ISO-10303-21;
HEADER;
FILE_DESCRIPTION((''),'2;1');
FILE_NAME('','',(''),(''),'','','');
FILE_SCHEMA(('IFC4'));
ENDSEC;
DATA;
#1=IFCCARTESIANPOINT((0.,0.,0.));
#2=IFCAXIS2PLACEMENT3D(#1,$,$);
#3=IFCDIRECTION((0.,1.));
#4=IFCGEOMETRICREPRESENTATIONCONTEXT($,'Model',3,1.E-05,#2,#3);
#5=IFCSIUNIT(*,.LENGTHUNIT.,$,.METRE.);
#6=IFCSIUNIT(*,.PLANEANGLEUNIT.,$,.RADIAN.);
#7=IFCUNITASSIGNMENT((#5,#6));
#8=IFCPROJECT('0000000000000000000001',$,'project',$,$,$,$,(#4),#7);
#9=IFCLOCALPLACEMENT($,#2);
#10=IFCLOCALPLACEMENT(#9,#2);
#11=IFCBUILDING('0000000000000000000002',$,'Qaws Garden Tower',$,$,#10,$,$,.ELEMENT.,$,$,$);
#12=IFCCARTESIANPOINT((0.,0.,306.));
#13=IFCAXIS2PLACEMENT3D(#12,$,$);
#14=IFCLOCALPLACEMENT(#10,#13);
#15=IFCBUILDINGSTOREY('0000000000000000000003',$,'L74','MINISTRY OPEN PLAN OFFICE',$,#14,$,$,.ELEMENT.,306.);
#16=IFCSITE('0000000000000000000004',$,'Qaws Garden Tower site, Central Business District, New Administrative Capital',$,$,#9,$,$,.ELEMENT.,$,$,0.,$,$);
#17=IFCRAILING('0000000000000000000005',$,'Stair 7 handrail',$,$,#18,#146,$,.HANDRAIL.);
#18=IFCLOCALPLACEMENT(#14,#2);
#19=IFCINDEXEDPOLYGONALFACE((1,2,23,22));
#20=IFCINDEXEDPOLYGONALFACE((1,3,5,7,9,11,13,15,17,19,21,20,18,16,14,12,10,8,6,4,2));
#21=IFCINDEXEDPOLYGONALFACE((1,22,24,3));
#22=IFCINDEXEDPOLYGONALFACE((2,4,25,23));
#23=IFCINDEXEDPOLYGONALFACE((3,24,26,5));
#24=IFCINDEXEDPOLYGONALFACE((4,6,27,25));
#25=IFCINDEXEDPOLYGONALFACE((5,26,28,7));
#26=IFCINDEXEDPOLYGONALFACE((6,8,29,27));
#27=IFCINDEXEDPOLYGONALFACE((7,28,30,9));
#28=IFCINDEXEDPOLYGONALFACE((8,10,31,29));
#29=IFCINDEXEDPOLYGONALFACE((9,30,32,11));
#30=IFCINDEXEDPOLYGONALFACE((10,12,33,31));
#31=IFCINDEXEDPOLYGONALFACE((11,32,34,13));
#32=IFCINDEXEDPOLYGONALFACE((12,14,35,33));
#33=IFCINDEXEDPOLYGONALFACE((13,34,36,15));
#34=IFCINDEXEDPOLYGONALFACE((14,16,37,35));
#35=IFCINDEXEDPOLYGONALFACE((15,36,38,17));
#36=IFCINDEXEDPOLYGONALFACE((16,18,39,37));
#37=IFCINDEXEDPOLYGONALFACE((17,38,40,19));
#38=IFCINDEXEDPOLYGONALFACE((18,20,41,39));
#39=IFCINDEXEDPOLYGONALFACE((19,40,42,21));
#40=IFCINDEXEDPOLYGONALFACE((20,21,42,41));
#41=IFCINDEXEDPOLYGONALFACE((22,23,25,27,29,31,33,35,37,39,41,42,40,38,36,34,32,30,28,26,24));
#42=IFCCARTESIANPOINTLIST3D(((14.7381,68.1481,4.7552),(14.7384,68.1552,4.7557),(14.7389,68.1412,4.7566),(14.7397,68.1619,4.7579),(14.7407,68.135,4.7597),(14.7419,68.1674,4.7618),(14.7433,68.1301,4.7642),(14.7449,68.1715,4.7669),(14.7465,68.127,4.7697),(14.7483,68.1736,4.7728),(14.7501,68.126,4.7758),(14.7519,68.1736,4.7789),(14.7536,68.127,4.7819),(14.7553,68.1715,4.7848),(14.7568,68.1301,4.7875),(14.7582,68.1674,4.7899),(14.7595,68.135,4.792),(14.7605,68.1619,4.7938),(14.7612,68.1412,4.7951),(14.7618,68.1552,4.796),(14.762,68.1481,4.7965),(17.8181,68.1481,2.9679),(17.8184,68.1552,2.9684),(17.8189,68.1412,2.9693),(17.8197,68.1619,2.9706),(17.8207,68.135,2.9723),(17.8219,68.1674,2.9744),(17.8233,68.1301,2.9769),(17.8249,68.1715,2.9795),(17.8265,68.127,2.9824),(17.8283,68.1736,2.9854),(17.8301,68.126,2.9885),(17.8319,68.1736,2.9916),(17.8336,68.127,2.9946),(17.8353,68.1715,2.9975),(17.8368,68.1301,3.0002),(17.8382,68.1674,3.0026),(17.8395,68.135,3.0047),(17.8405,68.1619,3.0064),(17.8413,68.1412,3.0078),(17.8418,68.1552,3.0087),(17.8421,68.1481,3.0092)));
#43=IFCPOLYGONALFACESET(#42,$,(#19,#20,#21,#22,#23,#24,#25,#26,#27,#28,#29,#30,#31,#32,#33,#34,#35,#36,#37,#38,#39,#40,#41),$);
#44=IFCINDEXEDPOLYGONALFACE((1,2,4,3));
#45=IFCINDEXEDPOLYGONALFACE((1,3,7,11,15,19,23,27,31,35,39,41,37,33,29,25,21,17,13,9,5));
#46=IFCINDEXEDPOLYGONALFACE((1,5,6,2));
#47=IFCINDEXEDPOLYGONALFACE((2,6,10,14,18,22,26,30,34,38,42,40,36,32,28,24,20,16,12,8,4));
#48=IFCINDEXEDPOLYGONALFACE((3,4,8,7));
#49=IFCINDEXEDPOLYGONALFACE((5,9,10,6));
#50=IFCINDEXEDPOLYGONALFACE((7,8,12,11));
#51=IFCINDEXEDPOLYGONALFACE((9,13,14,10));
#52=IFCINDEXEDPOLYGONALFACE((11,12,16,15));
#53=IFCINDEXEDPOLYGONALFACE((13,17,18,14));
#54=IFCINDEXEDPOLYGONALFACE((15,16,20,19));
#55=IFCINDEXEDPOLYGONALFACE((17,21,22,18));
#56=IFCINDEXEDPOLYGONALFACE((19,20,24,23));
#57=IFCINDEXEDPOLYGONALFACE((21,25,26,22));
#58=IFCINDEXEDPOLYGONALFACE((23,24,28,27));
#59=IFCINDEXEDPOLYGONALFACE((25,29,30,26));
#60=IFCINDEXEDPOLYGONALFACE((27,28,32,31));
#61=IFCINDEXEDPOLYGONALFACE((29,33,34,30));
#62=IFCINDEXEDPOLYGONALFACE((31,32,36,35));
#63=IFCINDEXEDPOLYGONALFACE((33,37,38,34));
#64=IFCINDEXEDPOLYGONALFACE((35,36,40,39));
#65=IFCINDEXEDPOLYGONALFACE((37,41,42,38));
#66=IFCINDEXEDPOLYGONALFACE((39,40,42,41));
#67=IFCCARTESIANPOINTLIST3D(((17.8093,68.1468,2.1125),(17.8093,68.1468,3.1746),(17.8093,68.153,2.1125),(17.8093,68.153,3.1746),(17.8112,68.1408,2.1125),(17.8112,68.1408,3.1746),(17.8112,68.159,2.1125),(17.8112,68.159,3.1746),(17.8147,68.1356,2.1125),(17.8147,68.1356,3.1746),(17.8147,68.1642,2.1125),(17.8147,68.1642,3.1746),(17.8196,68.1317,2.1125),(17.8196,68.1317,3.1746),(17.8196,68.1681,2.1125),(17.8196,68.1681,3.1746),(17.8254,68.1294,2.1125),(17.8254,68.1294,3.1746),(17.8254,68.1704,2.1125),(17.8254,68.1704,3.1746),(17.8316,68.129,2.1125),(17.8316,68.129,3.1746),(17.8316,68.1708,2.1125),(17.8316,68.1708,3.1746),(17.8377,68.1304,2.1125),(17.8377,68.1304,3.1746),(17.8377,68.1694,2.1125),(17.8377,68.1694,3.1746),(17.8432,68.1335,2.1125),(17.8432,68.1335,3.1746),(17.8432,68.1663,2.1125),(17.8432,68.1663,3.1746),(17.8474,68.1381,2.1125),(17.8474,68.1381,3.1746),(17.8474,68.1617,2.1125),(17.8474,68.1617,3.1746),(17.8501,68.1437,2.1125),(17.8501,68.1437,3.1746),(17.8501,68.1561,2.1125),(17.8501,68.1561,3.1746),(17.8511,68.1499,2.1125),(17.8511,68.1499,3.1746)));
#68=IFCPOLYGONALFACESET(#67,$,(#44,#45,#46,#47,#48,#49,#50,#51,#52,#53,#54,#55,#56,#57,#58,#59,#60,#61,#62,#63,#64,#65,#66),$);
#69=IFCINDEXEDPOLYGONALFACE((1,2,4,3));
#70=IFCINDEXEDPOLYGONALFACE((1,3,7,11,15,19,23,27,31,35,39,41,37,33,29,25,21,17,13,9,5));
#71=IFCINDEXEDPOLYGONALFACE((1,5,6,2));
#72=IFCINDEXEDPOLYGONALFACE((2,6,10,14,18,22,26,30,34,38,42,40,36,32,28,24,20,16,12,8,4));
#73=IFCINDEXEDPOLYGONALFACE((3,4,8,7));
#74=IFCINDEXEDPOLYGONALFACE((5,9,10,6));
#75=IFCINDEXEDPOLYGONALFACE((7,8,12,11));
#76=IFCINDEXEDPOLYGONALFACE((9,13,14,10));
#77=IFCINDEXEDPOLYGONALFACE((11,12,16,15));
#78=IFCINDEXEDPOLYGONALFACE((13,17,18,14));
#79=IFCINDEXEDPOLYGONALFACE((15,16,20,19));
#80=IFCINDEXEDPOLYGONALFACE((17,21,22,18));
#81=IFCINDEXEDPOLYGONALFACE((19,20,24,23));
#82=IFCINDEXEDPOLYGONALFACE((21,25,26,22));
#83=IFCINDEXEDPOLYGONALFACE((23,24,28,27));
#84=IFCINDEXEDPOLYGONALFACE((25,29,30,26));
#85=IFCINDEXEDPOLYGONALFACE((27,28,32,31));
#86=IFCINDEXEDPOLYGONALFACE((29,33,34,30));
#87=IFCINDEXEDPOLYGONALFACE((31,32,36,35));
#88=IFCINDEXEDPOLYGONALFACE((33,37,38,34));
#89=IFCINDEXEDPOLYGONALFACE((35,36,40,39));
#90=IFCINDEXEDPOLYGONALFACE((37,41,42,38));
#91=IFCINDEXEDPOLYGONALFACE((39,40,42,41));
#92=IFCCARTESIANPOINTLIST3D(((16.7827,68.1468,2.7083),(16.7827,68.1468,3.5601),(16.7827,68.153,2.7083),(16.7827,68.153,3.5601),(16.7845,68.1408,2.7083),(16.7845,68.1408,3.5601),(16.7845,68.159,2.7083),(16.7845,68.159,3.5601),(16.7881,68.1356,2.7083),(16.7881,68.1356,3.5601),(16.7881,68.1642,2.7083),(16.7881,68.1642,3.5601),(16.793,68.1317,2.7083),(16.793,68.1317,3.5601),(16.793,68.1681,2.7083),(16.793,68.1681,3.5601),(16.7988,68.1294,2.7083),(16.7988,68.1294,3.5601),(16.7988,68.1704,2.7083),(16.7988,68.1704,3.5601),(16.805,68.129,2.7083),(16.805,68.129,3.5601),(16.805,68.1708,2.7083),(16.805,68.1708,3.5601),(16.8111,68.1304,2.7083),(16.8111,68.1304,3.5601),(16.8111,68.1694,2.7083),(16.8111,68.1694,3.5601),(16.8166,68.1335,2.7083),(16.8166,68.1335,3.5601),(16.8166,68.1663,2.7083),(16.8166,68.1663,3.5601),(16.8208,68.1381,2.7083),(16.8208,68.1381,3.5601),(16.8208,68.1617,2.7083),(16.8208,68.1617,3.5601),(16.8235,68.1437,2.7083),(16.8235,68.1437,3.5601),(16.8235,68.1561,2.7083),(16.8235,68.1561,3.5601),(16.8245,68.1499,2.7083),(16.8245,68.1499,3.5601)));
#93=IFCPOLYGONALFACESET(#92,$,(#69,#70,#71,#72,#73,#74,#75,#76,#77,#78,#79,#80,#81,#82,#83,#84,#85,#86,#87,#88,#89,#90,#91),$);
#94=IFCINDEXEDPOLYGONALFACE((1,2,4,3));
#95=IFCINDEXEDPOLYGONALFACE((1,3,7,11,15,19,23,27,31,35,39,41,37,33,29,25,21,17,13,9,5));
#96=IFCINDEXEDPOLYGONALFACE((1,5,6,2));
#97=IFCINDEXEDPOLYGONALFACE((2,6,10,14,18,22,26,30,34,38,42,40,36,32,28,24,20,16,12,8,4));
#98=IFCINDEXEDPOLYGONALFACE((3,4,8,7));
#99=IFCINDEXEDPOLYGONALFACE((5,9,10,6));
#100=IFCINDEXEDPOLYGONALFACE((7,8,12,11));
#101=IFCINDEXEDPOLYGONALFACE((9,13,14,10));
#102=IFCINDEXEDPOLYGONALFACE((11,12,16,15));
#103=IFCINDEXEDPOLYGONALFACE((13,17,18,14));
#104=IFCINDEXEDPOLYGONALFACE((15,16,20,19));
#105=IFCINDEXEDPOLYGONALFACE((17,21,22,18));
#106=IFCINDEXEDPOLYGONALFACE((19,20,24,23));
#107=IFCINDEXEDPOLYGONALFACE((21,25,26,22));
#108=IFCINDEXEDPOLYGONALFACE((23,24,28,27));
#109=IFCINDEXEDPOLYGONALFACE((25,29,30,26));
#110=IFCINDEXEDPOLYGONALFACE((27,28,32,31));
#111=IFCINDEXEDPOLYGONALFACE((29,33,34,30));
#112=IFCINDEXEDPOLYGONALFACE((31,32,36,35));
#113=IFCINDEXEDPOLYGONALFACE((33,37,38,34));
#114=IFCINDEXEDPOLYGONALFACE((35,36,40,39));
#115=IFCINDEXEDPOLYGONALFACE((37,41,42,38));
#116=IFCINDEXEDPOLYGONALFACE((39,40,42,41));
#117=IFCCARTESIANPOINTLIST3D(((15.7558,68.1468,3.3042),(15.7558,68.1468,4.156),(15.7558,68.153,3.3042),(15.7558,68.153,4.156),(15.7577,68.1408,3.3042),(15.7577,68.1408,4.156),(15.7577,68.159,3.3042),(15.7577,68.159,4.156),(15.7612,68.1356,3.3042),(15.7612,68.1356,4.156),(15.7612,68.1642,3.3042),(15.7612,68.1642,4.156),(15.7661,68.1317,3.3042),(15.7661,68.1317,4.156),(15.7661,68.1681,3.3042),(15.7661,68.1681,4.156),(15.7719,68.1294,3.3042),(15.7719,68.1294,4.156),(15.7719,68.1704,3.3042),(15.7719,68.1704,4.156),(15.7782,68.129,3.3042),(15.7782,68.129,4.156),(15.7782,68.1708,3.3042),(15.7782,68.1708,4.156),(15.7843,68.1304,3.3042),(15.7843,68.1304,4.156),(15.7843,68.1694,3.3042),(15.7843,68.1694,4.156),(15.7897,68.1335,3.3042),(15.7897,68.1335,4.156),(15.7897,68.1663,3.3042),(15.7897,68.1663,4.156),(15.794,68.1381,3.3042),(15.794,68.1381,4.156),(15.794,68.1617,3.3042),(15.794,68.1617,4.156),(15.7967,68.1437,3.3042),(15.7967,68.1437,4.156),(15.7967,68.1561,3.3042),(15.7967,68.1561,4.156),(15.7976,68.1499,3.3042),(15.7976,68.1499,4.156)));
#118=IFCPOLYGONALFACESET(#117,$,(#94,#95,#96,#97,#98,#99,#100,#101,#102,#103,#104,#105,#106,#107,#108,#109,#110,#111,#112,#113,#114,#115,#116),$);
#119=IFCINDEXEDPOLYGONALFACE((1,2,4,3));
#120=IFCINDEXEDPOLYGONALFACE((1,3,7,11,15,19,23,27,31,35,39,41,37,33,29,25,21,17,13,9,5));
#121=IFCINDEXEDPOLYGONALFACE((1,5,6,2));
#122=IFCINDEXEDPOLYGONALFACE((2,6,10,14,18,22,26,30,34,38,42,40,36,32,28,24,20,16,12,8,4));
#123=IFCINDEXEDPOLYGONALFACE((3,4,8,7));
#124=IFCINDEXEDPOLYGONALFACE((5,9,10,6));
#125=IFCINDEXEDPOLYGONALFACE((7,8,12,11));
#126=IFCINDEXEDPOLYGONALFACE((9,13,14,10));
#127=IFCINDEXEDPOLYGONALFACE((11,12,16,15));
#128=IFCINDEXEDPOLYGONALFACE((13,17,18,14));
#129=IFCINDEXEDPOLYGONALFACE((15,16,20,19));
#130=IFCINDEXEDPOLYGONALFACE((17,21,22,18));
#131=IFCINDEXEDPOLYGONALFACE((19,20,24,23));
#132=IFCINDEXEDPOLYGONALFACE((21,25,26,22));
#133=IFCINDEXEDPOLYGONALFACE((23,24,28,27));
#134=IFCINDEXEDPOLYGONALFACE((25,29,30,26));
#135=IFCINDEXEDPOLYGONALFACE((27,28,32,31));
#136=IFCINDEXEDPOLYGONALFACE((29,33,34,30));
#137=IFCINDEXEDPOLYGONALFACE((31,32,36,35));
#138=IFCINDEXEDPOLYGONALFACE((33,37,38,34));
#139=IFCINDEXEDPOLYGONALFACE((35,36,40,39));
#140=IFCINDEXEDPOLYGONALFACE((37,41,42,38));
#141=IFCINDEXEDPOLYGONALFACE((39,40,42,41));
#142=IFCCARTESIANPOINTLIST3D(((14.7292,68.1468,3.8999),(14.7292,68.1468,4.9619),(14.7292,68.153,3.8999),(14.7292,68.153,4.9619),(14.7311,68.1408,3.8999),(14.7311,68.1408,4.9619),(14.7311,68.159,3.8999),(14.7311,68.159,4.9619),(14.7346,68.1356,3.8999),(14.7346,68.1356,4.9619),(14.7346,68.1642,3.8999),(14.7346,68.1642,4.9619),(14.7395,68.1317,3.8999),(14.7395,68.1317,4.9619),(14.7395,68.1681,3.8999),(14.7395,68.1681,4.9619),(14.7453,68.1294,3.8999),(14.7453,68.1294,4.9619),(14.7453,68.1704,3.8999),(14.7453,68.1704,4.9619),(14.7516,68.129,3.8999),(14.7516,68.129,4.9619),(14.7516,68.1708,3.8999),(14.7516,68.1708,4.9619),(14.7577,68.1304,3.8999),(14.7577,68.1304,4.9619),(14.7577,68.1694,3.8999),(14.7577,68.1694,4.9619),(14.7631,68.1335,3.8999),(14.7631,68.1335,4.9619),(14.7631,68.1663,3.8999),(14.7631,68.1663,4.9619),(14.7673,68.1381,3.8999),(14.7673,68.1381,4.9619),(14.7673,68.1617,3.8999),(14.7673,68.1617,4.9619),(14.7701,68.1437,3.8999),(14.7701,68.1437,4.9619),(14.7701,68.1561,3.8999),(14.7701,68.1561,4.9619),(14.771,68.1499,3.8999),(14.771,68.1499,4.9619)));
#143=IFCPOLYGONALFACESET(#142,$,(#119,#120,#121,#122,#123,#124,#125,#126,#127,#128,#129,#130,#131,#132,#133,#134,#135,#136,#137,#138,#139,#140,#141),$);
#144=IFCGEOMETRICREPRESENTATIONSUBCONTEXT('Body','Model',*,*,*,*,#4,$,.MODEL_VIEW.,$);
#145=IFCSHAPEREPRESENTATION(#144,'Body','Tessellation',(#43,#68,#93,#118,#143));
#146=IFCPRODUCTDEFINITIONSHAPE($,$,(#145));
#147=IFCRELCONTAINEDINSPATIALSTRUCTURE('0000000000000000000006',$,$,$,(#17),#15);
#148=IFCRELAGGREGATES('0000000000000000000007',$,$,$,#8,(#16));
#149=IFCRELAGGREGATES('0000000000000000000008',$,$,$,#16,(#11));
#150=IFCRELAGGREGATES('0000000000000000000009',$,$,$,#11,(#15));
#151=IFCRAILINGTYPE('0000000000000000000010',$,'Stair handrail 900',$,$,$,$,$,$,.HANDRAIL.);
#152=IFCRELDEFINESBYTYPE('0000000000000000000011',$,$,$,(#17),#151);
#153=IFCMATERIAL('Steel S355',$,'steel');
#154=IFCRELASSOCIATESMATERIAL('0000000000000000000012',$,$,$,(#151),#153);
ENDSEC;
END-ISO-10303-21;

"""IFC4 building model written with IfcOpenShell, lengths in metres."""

from ifc_helpers import new_model, si_unit, direction, frame, origin, origin_2d, place, context, subcontext, project, spatial, circle, extrude, material, type_object, element, save


model = new_model("IFC4")

# Units and contexts
model_context = context("Model", 3, precision=1e-05, world=origin(), true_north=direction((0.0, 1.0)))
body_context = subcontext(model_context, "Body", "Model", "MODEL_VIEW")
ifc_project = project(units=[si_unit("LENGTHUNIT", "METRE"), si_unit("PLANEANGLEUNIT", "RADIAN")], contexts=[model_context])

# Site, building, storey
site_placement = place(None, origin())
site = spatial("IfcSite", under=ifc_project, at=site_placement, Name="Qaws Garden Tower site, Central Business District, New Administrative Capital", CompositionType="ELEMENT", RefElevation=0.0)
building_placement = place(site_placement, origin())
building = spatial("IfcBuilding", under=site, at=building_placement, Name="Qaws Garden Tower", CompositionType="ELEMENT")
storey_placement = place(building_placement, frame((0.0, 0.0, 306.0)))
storey = spatial("IfcBuildingStorey", under=building, at=storey_placement, Name="L74", Description="MINISTRY OPEN PLAN OFFICE", CompositionType="ELEMENT", Elevation=306.0)

# Railing
ifc_material_1 = material(Name="Steel S355", Category="steel")
railing_type = type_object("IfcRailingType", Name="Stair handrail 900", PredefinedType="HANDRAIL", material=ifc_material_1)
railing_1_placement = place(storey_placement, frame((17.8301, 68.1499, 2.1125)))
element("IfcRailing", 1, at=railing_1_placement, inside=storey, type_object=railing_type, Name="Stair 7 handrail", PredefinedType="HANDRAIL", context=body_context, shape_type="SweptSolid", body=[
    extrude(circle(Radius=0.0239, at=origin_2d()), frame((0.0, 0.0, 0.876), z_axis=(-0.86492, 0.0, 0.501909), x_axis=(0.0, -1.0, 0.0)), (0.0, 0.0, 1.0), 3.561),
    extrude(circle(Radius=0.021, at=origin_2d()), origin(), (0.0, 0.0, 1.0), 1.062),
    extrude(circle(Radius=0.021, at=origin_2d()), frame((-1.0266, 0.0, 0.5957)), (0.0, 0.0, 1.0), 0.8518),
    extrude(circle(Radius=0.021, at=origin_2d()), frame((-2.0535, 0.0, 1.1917)), (0.0, 0.0, 1.0), 0.8518),
    extrude(circle(Radius=0.021, at=origin_2d()), frame((-3.0801, 0.0, 1.7874)), (0.0, 0.0, 1.0), 1.062),
])

save(model, "model.ifc")
